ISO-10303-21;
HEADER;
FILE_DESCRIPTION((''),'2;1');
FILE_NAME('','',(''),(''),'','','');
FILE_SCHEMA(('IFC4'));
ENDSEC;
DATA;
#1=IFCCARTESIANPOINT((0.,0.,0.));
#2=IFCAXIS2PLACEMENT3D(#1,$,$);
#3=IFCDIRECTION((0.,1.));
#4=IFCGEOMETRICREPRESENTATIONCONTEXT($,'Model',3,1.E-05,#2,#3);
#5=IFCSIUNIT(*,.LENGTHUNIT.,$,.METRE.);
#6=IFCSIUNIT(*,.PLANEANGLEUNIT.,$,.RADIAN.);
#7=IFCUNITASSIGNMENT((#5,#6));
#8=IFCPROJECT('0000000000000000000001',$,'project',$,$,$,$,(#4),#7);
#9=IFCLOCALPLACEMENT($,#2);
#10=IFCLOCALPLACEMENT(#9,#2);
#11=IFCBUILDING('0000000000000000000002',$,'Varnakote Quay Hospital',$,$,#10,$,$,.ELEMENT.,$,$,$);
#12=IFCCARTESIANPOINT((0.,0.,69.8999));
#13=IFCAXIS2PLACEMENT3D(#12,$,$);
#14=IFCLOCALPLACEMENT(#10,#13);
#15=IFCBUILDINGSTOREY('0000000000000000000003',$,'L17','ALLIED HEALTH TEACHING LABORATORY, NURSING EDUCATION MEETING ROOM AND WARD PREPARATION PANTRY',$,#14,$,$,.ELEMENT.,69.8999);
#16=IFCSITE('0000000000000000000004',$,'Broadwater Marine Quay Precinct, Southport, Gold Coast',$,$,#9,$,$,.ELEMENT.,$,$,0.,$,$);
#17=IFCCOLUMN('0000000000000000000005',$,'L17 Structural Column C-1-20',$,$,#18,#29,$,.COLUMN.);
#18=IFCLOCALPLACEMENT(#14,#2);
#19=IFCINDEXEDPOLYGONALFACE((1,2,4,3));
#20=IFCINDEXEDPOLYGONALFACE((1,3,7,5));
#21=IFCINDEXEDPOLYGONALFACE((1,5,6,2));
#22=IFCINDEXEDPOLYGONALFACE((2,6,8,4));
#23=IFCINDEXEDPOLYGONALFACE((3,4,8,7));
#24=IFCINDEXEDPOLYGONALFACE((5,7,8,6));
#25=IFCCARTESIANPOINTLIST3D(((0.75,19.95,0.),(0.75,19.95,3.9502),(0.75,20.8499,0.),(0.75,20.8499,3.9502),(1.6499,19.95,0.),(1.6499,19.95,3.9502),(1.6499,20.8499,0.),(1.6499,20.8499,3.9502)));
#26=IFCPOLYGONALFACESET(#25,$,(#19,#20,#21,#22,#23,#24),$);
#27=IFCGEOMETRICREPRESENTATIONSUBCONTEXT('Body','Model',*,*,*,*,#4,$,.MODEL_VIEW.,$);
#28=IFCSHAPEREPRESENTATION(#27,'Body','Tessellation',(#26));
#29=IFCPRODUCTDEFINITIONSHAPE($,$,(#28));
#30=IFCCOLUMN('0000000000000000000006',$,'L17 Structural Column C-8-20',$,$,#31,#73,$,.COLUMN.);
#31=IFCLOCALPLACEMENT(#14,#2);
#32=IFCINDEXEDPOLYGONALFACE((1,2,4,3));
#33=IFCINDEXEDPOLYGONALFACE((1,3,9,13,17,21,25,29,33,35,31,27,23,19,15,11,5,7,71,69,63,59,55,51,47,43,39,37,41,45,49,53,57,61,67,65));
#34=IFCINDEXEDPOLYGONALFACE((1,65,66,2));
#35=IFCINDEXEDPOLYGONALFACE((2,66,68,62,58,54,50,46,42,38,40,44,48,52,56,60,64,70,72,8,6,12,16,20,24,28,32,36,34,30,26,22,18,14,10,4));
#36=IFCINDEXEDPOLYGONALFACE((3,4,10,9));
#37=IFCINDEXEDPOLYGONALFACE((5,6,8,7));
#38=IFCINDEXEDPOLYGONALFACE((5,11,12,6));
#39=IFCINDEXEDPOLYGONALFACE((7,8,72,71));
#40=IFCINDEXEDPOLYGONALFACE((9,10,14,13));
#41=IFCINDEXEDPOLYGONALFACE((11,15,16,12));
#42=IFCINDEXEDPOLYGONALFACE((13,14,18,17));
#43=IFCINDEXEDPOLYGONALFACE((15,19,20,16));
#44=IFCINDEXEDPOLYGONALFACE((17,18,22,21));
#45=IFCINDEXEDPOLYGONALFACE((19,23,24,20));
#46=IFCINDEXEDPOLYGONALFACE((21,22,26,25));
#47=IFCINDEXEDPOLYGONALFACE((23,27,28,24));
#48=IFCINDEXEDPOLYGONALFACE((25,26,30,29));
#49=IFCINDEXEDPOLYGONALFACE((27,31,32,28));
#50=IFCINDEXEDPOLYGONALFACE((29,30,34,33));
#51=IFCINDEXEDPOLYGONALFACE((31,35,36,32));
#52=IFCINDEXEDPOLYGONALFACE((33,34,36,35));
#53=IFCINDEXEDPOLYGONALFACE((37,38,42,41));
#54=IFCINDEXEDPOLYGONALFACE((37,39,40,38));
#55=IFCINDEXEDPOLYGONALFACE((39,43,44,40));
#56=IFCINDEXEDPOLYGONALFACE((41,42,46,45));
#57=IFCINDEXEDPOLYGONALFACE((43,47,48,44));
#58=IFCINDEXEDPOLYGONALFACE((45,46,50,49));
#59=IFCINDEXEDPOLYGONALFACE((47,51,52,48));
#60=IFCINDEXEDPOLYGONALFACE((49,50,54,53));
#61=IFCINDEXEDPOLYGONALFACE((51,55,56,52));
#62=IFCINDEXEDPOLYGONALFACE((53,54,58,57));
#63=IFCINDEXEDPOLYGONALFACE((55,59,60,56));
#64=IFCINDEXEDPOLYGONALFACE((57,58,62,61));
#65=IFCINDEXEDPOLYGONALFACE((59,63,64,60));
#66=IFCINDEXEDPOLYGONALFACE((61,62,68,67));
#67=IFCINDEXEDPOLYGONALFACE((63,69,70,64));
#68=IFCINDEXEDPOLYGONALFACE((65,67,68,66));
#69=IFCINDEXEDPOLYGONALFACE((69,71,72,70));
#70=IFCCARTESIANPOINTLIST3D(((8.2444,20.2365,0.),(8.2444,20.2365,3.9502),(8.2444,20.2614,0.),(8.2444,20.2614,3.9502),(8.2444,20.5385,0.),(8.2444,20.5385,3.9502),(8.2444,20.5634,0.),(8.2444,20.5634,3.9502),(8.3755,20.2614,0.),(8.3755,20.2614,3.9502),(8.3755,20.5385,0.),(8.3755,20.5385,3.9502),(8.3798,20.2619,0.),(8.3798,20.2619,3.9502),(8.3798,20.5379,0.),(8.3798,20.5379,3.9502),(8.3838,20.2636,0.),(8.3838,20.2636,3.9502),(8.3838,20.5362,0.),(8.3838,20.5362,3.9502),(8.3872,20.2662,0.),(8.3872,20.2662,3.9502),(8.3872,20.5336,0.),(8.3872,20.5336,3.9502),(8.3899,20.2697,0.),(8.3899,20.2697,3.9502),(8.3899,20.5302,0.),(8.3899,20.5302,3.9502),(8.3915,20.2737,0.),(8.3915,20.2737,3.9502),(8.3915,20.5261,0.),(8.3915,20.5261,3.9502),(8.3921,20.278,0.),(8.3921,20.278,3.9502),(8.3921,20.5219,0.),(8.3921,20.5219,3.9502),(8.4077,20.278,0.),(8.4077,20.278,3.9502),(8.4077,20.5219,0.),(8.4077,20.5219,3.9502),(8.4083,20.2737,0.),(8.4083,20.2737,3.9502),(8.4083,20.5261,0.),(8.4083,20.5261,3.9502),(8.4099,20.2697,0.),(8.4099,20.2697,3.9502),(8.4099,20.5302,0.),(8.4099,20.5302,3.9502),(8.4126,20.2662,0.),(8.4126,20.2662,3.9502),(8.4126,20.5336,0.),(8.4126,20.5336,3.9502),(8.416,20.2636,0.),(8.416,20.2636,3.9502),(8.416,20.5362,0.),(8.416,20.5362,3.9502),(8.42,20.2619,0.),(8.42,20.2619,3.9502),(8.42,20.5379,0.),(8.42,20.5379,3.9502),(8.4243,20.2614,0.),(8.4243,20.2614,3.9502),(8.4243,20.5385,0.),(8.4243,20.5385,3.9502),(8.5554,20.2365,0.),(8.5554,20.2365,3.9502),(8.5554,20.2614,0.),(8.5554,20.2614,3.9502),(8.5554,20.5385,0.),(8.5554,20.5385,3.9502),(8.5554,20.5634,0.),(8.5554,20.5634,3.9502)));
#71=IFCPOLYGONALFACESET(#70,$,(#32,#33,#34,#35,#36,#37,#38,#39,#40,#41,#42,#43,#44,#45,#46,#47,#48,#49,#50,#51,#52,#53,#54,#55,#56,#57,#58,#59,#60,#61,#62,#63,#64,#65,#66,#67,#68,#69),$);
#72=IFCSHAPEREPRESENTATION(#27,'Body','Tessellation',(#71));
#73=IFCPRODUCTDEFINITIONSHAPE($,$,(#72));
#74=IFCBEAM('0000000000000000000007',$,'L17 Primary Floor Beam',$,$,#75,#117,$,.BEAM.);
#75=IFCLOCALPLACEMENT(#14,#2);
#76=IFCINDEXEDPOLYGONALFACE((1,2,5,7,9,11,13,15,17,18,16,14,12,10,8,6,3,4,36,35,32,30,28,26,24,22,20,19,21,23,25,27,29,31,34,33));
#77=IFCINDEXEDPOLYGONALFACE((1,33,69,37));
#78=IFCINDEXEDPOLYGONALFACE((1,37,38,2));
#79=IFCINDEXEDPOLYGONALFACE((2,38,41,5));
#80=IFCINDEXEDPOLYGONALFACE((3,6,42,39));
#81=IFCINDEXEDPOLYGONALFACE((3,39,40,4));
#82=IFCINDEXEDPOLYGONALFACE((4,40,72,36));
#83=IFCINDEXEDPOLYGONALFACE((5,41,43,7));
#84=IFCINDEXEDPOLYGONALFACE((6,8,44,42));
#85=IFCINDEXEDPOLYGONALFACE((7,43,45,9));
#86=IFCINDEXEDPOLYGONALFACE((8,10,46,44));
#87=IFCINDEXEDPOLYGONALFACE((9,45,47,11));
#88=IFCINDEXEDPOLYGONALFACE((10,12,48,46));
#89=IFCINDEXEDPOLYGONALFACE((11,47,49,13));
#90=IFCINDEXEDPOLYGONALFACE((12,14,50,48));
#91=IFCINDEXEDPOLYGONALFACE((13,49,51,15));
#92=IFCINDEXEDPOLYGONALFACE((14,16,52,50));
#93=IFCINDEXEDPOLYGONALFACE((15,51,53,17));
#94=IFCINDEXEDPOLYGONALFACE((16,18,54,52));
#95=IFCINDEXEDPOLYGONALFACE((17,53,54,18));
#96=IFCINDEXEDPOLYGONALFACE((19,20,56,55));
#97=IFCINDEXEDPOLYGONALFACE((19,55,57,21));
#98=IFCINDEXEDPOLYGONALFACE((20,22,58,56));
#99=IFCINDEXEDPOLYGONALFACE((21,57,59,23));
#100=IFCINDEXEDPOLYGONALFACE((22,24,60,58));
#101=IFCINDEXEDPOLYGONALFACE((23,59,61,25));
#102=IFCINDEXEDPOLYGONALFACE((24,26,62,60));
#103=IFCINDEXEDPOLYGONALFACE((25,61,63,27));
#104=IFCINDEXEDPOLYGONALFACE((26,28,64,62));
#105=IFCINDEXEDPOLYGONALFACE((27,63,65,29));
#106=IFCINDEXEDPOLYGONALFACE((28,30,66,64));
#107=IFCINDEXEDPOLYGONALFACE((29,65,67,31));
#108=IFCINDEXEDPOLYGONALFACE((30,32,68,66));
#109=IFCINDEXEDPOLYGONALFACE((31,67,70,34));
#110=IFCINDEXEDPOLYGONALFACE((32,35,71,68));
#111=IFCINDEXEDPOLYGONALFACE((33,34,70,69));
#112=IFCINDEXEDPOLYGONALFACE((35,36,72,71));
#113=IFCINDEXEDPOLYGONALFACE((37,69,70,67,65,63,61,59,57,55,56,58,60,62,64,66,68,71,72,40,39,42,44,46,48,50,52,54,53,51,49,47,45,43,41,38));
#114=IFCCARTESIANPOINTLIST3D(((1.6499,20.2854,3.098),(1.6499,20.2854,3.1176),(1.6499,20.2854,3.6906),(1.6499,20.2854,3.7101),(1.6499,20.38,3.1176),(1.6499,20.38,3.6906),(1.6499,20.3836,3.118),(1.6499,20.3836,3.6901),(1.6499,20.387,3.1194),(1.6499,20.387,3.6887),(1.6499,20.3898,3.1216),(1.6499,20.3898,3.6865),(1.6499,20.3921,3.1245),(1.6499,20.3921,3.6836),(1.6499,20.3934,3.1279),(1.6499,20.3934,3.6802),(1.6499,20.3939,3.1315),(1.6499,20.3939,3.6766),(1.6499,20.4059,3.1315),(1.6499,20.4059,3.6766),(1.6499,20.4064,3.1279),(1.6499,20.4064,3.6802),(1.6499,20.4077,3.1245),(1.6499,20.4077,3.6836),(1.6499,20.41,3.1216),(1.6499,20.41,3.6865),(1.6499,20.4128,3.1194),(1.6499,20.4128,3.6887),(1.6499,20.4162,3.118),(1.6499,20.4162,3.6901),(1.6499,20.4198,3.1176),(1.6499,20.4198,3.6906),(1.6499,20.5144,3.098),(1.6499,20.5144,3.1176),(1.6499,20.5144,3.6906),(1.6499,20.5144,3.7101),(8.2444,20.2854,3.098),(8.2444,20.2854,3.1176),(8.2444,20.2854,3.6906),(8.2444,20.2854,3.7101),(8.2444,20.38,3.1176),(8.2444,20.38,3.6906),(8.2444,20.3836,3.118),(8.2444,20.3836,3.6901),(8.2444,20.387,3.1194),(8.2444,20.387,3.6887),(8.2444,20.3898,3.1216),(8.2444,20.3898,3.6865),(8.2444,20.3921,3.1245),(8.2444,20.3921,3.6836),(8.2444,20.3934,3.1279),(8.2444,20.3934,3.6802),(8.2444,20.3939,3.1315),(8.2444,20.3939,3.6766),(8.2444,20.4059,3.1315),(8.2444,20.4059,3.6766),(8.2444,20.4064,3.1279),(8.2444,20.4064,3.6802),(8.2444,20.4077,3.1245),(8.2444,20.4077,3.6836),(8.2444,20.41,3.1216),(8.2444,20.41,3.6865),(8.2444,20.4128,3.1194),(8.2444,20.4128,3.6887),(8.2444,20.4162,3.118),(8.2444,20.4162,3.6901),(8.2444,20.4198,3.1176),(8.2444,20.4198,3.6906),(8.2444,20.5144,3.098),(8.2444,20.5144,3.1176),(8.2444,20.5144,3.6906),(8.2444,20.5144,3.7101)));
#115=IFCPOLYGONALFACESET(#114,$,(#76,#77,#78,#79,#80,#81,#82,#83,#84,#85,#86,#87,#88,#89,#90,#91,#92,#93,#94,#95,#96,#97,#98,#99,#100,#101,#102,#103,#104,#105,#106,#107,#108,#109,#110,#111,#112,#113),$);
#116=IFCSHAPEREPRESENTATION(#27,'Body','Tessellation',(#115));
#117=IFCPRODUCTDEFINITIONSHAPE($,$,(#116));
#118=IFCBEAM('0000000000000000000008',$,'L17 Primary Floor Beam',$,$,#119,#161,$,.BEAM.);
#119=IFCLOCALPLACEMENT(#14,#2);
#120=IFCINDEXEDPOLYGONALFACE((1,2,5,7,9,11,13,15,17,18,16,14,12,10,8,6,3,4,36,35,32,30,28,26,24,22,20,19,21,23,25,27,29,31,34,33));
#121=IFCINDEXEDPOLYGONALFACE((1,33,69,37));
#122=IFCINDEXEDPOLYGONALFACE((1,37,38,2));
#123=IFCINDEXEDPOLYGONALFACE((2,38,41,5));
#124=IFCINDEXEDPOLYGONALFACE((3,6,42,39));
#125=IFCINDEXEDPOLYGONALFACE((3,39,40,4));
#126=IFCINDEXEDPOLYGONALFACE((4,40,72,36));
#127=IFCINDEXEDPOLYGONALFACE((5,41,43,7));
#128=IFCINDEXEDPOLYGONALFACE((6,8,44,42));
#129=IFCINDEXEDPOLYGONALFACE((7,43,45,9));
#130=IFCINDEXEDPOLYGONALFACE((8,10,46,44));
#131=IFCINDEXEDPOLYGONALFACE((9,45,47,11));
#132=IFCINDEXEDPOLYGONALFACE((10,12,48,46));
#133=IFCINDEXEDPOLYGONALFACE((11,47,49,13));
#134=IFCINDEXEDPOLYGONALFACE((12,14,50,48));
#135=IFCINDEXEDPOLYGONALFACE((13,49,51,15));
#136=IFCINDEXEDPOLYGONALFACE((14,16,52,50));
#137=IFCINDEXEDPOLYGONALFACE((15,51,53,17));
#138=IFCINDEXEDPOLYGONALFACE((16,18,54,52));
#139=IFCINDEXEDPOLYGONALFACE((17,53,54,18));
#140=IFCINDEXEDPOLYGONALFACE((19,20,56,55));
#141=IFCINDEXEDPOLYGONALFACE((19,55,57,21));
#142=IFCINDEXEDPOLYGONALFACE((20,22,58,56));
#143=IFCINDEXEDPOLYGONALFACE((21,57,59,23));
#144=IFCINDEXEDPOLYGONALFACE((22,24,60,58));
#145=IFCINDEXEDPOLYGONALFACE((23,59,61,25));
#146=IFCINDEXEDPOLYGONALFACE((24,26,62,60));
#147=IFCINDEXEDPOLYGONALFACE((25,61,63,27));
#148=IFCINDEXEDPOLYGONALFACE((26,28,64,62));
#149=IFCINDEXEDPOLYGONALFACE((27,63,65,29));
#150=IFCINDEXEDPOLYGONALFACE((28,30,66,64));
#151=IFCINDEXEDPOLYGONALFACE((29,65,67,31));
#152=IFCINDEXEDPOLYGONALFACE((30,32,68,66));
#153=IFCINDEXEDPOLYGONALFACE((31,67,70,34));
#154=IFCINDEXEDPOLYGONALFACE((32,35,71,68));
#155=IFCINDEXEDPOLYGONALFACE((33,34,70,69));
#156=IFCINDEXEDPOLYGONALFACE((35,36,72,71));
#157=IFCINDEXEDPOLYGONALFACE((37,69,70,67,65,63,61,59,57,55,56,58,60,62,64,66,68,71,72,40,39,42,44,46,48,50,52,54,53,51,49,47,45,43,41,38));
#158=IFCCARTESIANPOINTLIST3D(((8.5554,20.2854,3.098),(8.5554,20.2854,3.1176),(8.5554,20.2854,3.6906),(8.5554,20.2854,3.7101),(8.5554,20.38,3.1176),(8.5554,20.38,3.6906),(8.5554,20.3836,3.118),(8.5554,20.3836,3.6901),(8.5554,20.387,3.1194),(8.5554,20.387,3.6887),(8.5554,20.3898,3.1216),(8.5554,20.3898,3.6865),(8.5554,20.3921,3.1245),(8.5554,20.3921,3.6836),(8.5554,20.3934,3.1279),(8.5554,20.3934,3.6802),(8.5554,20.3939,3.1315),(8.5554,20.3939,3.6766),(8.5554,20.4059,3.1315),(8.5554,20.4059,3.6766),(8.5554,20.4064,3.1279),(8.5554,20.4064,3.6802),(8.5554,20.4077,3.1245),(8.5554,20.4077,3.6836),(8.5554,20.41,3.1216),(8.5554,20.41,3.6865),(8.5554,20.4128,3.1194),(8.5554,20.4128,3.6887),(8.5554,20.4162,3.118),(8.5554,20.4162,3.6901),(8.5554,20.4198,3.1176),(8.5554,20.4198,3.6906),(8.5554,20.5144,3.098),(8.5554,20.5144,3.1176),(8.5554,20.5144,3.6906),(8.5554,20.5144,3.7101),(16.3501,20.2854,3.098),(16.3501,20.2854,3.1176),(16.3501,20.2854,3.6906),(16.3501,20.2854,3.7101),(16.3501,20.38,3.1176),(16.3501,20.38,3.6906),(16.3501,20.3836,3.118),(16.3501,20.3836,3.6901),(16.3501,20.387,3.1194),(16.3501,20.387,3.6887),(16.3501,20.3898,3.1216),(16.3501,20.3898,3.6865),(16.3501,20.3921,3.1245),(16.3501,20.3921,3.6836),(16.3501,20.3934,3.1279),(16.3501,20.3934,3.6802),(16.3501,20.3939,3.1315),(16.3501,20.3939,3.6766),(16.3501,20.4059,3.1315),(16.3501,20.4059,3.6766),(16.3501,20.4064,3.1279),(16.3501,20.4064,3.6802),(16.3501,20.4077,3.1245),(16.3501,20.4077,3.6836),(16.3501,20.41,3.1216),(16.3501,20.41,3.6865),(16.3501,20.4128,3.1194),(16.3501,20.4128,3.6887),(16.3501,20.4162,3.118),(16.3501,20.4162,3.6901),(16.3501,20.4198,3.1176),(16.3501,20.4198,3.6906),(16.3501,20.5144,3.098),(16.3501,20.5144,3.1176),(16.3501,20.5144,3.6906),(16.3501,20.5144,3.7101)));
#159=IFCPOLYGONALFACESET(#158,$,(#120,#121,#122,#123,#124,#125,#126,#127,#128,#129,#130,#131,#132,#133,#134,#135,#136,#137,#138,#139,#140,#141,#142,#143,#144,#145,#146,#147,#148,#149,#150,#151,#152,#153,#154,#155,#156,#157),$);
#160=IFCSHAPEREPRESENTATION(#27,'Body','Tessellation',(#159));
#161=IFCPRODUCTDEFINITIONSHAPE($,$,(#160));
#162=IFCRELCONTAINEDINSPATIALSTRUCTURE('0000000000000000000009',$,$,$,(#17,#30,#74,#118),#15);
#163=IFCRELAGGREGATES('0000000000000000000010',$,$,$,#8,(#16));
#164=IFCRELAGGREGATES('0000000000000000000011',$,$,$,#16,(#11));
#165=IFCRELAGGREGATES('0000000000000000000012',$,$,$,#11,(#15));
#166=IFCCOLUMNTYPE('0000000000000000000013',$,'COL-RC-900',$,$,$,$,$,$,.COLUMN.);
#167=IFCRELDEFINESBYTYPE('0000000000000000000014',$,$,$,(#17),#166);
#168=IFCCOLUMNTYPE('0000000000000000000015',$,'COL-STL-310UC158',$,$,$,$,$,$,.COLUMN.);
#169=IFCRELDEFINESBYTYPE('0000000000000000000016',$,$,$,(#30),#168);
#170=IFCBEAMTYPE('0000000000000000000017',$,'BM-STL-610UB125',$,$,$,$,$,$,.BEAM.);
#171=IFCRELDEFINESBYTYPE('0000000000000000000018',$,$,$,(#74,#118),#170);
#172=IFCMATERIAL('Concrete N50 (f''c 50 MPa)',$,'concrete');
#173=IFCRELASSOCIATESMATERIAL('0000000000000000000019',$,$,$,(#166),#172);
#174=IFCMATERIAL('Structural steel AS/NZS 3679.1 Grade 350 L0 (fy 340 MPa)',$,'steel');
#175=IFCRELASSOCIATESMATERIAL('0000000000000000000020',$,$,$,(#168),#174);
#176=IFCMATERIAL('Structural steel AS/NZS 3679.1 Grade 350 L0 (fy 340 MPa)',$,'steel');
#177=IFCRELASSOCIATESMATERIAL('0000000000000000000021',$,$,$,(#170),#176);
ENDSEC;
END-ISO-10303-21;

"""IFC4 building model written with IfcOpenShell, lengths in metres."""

from ifc_helpers import new_model, si_unit, direction, frame, origin, origin_2d, place, context, subcontext, project, spatial, rectangle, i_section, extrude, material, material_profile, profile_set, type_object, element, save


model = new_model("IFC4")

# Units and contexts
model_context = context("Model", 3, precision=1e-05, world=origin(), true_north=direction((0.0, 1.0)))
body_context = subcontext(model_context, "Body", "Model", "MODEL_VIEW")
ifc_project = project(units=[si_unit("LENGTHUNIT", "METRE"), si_unit("PLANEANGLEUNIT", "RADIAN")], contexts=[model_context])

# Site, building, storey
site_placement = place(None, origin())
site = spatial("IfcSite", under=ifc_project, at=site_placement, Name="Broadwater Marine Quay Precinct, Southport, Gold Coast", CompositionType="ELEMENT", RefElevation=0.0)
building_placement = place(site_placement, origin())
building = spatial("IfcBuilding", under=site, at=building_placement, Name="Varnakote Quay Hospital", CompositionType="ELEMENT")
storey_placement = place(building_placement, frame((0.0, 0.0, 69.8999)))
storey = spatial("IfcBuildingStorey", under=building, at=storey_placement, Name="L17", Description="ALLIED HEALTH TEACHING LABORATORY, NURSING EDUCATION MEETING ROOM AND WARD PREPARATION PANTRY", CompositionType="ELEMENT", Elevation=69.8999)

# Columns
ifc_material_1 = material(Name="Concrete N50 (f'c 50 MPa)", Category="concrete")
ifc_material_profile_1 = material_profile(ifc_material_1, rectangle(XDim=0.8999, YDim=0.8999, at=origin_2d()), Name="RC-COL-900x900")
ifc_profile_set_1 = profile_set([ifc_material_profile_1], Name="Concrete N50 (f'c 50 MPa)")
column_type_1 = type_object("IfcColumnType", Name="COL-RC-900", PredefinedType="COLUMN", material=ifc_profile_set_1)
column_1_placement = place(storey_placement, frame((1.2, 20.3999, 0.0), z_axis=(0.0, 0.0, 1.0), x_axis=(1.0, 0.0, 0.0)))
element("IfcColumn", 1, at=column_1_placement, inside=storey, type_object=column_type_1, Name="L17 Structural Column C-1-20", PredefinedType="COLUMN", context=body_context, shape_type="SweptSolid", body=[
    extrude(rectangle(XDim=0.8999, YDim=0.8999, at=origin_2d()), origin(), (0.0, 0.0, 1.0), 3.9502),
])
ifc_material_2 = material(Name="Structural steel AS/NZS 3679.1 Grade 350 L0 (fy 340 MPa)", Category="steel")
ifc_material_profile_2 = material_profile(ifc_material_2, i_section(OverallWidth=0.311, OverallDepth=0.3269, WebThickness=0.0156, FlangeThickness=0.0249, FilletRadius=0.0166, at=origin_2d()), Name="310UC158")
ifc_profile_set_2 = profile_set([ifc_material_profile_2], Name="Structural steel AS/NZS 3679.1 Grade 350 L0 (fy 340 MPa)")
column_type_2 = type_object("IfcColumnType", Name="COL-STL-310UC158", PredefinedType="COLUMN", material=ifc_profile_set_2)
column_2_placement = place(storey_placement, frame((8.3999, 20.3999, 0.0), z_axis=(0.0, 0.0, 1.0), x_axis=(1.0, 0.0, 0.0)))
element("IfcColumn", 2, at=column_2_placement, inside=storey, type_object=column_type_2, Name="L17 Structural Column C-8-20", PredefinedType="COLUMN", context=body_context, shape_type="SweptSolid", body=[
    extrude(i_section(OverallWidth=0.311, OverallDepth=0.3269, WebThickness=0.0156, FlangeThickness=0.0249, FilletRadius=0.0166, at=origin_2d()), origin(), (0.0, 0.0, 1.0), 3.9502),
])

# Beams
ifc_material_3 = material(Name="Structural steel AS/NZS 3679.1 Grade 350 L0 (fy 340 MPa)", Category="steel")
ifc_material_profile_3 = material_profile(ifc_material_3, i_section(OverallWidth=0.229, OverallDepth=0.6121, WebThickness=0.012, FlangeThickness=0.0195, FilletRadius=0.0139, at=origin_2d()), Name="610UB125")
ifc_profile_set_3 = profile_set([ifc_material_profile_3], Name="Structural steel AS/NZS 3679.1 Grade 350 L0 (fy 340 MPa)")
beam_type_1 = type_object("IfcBeamType", Name="BM-STL-610UB125", PredefinedType="BEAM", material=ifc_profile_set_3)
beam_1_placement = place(storey_placement, frame((1.6499, 20.3999, 3.4041), z_axis=(1.0, 0.0, 0.0), x_axis=(0.0, 1.0, 0.0)))
element("IfcBeam", 3, at=beam_1_placement, inside=storey, type_object=beam_type_1, Name="L17 Primary Floor Beam", PredefinedType="BEAM", context=body_context, shape_type="SweptSolid", body=[
    extrude(i_section(OverallWidth=0.229, OverallDepth=0.6121, WebThickness=0.012, FlangeThickness=0.0195, FilletRadius=0.0139, at=origin_2d()), origin(), (0.0, 0.0, 1.0), 6.5945),
])
beam_2_placement = place(storey_placement, frame((8.5554, 20.3999, 3.4041), z_axis=(1.0, 0.0, 0.0), x_axis=(0.0, 1.0, 0.0)))
element("IfcBeam", 4, at=beam_2_placement, inside=storey, type_object=beam_type_1, Name="L17 Primary Floor Beam", PredefinedType="BEAM", context=body_context, shape_type="SweptSolid", body=[
    extrude(i_section(OverallWidth=0.229, OverallDepth=0.6121, WebThickness=0.012, FlangeThickness=0.0195, FilletRadius=0.0139, at=origin_2d()), origin(), (0.0, 0.0, 1.0), 7.7947),
])

save(model, "model.ifc")
